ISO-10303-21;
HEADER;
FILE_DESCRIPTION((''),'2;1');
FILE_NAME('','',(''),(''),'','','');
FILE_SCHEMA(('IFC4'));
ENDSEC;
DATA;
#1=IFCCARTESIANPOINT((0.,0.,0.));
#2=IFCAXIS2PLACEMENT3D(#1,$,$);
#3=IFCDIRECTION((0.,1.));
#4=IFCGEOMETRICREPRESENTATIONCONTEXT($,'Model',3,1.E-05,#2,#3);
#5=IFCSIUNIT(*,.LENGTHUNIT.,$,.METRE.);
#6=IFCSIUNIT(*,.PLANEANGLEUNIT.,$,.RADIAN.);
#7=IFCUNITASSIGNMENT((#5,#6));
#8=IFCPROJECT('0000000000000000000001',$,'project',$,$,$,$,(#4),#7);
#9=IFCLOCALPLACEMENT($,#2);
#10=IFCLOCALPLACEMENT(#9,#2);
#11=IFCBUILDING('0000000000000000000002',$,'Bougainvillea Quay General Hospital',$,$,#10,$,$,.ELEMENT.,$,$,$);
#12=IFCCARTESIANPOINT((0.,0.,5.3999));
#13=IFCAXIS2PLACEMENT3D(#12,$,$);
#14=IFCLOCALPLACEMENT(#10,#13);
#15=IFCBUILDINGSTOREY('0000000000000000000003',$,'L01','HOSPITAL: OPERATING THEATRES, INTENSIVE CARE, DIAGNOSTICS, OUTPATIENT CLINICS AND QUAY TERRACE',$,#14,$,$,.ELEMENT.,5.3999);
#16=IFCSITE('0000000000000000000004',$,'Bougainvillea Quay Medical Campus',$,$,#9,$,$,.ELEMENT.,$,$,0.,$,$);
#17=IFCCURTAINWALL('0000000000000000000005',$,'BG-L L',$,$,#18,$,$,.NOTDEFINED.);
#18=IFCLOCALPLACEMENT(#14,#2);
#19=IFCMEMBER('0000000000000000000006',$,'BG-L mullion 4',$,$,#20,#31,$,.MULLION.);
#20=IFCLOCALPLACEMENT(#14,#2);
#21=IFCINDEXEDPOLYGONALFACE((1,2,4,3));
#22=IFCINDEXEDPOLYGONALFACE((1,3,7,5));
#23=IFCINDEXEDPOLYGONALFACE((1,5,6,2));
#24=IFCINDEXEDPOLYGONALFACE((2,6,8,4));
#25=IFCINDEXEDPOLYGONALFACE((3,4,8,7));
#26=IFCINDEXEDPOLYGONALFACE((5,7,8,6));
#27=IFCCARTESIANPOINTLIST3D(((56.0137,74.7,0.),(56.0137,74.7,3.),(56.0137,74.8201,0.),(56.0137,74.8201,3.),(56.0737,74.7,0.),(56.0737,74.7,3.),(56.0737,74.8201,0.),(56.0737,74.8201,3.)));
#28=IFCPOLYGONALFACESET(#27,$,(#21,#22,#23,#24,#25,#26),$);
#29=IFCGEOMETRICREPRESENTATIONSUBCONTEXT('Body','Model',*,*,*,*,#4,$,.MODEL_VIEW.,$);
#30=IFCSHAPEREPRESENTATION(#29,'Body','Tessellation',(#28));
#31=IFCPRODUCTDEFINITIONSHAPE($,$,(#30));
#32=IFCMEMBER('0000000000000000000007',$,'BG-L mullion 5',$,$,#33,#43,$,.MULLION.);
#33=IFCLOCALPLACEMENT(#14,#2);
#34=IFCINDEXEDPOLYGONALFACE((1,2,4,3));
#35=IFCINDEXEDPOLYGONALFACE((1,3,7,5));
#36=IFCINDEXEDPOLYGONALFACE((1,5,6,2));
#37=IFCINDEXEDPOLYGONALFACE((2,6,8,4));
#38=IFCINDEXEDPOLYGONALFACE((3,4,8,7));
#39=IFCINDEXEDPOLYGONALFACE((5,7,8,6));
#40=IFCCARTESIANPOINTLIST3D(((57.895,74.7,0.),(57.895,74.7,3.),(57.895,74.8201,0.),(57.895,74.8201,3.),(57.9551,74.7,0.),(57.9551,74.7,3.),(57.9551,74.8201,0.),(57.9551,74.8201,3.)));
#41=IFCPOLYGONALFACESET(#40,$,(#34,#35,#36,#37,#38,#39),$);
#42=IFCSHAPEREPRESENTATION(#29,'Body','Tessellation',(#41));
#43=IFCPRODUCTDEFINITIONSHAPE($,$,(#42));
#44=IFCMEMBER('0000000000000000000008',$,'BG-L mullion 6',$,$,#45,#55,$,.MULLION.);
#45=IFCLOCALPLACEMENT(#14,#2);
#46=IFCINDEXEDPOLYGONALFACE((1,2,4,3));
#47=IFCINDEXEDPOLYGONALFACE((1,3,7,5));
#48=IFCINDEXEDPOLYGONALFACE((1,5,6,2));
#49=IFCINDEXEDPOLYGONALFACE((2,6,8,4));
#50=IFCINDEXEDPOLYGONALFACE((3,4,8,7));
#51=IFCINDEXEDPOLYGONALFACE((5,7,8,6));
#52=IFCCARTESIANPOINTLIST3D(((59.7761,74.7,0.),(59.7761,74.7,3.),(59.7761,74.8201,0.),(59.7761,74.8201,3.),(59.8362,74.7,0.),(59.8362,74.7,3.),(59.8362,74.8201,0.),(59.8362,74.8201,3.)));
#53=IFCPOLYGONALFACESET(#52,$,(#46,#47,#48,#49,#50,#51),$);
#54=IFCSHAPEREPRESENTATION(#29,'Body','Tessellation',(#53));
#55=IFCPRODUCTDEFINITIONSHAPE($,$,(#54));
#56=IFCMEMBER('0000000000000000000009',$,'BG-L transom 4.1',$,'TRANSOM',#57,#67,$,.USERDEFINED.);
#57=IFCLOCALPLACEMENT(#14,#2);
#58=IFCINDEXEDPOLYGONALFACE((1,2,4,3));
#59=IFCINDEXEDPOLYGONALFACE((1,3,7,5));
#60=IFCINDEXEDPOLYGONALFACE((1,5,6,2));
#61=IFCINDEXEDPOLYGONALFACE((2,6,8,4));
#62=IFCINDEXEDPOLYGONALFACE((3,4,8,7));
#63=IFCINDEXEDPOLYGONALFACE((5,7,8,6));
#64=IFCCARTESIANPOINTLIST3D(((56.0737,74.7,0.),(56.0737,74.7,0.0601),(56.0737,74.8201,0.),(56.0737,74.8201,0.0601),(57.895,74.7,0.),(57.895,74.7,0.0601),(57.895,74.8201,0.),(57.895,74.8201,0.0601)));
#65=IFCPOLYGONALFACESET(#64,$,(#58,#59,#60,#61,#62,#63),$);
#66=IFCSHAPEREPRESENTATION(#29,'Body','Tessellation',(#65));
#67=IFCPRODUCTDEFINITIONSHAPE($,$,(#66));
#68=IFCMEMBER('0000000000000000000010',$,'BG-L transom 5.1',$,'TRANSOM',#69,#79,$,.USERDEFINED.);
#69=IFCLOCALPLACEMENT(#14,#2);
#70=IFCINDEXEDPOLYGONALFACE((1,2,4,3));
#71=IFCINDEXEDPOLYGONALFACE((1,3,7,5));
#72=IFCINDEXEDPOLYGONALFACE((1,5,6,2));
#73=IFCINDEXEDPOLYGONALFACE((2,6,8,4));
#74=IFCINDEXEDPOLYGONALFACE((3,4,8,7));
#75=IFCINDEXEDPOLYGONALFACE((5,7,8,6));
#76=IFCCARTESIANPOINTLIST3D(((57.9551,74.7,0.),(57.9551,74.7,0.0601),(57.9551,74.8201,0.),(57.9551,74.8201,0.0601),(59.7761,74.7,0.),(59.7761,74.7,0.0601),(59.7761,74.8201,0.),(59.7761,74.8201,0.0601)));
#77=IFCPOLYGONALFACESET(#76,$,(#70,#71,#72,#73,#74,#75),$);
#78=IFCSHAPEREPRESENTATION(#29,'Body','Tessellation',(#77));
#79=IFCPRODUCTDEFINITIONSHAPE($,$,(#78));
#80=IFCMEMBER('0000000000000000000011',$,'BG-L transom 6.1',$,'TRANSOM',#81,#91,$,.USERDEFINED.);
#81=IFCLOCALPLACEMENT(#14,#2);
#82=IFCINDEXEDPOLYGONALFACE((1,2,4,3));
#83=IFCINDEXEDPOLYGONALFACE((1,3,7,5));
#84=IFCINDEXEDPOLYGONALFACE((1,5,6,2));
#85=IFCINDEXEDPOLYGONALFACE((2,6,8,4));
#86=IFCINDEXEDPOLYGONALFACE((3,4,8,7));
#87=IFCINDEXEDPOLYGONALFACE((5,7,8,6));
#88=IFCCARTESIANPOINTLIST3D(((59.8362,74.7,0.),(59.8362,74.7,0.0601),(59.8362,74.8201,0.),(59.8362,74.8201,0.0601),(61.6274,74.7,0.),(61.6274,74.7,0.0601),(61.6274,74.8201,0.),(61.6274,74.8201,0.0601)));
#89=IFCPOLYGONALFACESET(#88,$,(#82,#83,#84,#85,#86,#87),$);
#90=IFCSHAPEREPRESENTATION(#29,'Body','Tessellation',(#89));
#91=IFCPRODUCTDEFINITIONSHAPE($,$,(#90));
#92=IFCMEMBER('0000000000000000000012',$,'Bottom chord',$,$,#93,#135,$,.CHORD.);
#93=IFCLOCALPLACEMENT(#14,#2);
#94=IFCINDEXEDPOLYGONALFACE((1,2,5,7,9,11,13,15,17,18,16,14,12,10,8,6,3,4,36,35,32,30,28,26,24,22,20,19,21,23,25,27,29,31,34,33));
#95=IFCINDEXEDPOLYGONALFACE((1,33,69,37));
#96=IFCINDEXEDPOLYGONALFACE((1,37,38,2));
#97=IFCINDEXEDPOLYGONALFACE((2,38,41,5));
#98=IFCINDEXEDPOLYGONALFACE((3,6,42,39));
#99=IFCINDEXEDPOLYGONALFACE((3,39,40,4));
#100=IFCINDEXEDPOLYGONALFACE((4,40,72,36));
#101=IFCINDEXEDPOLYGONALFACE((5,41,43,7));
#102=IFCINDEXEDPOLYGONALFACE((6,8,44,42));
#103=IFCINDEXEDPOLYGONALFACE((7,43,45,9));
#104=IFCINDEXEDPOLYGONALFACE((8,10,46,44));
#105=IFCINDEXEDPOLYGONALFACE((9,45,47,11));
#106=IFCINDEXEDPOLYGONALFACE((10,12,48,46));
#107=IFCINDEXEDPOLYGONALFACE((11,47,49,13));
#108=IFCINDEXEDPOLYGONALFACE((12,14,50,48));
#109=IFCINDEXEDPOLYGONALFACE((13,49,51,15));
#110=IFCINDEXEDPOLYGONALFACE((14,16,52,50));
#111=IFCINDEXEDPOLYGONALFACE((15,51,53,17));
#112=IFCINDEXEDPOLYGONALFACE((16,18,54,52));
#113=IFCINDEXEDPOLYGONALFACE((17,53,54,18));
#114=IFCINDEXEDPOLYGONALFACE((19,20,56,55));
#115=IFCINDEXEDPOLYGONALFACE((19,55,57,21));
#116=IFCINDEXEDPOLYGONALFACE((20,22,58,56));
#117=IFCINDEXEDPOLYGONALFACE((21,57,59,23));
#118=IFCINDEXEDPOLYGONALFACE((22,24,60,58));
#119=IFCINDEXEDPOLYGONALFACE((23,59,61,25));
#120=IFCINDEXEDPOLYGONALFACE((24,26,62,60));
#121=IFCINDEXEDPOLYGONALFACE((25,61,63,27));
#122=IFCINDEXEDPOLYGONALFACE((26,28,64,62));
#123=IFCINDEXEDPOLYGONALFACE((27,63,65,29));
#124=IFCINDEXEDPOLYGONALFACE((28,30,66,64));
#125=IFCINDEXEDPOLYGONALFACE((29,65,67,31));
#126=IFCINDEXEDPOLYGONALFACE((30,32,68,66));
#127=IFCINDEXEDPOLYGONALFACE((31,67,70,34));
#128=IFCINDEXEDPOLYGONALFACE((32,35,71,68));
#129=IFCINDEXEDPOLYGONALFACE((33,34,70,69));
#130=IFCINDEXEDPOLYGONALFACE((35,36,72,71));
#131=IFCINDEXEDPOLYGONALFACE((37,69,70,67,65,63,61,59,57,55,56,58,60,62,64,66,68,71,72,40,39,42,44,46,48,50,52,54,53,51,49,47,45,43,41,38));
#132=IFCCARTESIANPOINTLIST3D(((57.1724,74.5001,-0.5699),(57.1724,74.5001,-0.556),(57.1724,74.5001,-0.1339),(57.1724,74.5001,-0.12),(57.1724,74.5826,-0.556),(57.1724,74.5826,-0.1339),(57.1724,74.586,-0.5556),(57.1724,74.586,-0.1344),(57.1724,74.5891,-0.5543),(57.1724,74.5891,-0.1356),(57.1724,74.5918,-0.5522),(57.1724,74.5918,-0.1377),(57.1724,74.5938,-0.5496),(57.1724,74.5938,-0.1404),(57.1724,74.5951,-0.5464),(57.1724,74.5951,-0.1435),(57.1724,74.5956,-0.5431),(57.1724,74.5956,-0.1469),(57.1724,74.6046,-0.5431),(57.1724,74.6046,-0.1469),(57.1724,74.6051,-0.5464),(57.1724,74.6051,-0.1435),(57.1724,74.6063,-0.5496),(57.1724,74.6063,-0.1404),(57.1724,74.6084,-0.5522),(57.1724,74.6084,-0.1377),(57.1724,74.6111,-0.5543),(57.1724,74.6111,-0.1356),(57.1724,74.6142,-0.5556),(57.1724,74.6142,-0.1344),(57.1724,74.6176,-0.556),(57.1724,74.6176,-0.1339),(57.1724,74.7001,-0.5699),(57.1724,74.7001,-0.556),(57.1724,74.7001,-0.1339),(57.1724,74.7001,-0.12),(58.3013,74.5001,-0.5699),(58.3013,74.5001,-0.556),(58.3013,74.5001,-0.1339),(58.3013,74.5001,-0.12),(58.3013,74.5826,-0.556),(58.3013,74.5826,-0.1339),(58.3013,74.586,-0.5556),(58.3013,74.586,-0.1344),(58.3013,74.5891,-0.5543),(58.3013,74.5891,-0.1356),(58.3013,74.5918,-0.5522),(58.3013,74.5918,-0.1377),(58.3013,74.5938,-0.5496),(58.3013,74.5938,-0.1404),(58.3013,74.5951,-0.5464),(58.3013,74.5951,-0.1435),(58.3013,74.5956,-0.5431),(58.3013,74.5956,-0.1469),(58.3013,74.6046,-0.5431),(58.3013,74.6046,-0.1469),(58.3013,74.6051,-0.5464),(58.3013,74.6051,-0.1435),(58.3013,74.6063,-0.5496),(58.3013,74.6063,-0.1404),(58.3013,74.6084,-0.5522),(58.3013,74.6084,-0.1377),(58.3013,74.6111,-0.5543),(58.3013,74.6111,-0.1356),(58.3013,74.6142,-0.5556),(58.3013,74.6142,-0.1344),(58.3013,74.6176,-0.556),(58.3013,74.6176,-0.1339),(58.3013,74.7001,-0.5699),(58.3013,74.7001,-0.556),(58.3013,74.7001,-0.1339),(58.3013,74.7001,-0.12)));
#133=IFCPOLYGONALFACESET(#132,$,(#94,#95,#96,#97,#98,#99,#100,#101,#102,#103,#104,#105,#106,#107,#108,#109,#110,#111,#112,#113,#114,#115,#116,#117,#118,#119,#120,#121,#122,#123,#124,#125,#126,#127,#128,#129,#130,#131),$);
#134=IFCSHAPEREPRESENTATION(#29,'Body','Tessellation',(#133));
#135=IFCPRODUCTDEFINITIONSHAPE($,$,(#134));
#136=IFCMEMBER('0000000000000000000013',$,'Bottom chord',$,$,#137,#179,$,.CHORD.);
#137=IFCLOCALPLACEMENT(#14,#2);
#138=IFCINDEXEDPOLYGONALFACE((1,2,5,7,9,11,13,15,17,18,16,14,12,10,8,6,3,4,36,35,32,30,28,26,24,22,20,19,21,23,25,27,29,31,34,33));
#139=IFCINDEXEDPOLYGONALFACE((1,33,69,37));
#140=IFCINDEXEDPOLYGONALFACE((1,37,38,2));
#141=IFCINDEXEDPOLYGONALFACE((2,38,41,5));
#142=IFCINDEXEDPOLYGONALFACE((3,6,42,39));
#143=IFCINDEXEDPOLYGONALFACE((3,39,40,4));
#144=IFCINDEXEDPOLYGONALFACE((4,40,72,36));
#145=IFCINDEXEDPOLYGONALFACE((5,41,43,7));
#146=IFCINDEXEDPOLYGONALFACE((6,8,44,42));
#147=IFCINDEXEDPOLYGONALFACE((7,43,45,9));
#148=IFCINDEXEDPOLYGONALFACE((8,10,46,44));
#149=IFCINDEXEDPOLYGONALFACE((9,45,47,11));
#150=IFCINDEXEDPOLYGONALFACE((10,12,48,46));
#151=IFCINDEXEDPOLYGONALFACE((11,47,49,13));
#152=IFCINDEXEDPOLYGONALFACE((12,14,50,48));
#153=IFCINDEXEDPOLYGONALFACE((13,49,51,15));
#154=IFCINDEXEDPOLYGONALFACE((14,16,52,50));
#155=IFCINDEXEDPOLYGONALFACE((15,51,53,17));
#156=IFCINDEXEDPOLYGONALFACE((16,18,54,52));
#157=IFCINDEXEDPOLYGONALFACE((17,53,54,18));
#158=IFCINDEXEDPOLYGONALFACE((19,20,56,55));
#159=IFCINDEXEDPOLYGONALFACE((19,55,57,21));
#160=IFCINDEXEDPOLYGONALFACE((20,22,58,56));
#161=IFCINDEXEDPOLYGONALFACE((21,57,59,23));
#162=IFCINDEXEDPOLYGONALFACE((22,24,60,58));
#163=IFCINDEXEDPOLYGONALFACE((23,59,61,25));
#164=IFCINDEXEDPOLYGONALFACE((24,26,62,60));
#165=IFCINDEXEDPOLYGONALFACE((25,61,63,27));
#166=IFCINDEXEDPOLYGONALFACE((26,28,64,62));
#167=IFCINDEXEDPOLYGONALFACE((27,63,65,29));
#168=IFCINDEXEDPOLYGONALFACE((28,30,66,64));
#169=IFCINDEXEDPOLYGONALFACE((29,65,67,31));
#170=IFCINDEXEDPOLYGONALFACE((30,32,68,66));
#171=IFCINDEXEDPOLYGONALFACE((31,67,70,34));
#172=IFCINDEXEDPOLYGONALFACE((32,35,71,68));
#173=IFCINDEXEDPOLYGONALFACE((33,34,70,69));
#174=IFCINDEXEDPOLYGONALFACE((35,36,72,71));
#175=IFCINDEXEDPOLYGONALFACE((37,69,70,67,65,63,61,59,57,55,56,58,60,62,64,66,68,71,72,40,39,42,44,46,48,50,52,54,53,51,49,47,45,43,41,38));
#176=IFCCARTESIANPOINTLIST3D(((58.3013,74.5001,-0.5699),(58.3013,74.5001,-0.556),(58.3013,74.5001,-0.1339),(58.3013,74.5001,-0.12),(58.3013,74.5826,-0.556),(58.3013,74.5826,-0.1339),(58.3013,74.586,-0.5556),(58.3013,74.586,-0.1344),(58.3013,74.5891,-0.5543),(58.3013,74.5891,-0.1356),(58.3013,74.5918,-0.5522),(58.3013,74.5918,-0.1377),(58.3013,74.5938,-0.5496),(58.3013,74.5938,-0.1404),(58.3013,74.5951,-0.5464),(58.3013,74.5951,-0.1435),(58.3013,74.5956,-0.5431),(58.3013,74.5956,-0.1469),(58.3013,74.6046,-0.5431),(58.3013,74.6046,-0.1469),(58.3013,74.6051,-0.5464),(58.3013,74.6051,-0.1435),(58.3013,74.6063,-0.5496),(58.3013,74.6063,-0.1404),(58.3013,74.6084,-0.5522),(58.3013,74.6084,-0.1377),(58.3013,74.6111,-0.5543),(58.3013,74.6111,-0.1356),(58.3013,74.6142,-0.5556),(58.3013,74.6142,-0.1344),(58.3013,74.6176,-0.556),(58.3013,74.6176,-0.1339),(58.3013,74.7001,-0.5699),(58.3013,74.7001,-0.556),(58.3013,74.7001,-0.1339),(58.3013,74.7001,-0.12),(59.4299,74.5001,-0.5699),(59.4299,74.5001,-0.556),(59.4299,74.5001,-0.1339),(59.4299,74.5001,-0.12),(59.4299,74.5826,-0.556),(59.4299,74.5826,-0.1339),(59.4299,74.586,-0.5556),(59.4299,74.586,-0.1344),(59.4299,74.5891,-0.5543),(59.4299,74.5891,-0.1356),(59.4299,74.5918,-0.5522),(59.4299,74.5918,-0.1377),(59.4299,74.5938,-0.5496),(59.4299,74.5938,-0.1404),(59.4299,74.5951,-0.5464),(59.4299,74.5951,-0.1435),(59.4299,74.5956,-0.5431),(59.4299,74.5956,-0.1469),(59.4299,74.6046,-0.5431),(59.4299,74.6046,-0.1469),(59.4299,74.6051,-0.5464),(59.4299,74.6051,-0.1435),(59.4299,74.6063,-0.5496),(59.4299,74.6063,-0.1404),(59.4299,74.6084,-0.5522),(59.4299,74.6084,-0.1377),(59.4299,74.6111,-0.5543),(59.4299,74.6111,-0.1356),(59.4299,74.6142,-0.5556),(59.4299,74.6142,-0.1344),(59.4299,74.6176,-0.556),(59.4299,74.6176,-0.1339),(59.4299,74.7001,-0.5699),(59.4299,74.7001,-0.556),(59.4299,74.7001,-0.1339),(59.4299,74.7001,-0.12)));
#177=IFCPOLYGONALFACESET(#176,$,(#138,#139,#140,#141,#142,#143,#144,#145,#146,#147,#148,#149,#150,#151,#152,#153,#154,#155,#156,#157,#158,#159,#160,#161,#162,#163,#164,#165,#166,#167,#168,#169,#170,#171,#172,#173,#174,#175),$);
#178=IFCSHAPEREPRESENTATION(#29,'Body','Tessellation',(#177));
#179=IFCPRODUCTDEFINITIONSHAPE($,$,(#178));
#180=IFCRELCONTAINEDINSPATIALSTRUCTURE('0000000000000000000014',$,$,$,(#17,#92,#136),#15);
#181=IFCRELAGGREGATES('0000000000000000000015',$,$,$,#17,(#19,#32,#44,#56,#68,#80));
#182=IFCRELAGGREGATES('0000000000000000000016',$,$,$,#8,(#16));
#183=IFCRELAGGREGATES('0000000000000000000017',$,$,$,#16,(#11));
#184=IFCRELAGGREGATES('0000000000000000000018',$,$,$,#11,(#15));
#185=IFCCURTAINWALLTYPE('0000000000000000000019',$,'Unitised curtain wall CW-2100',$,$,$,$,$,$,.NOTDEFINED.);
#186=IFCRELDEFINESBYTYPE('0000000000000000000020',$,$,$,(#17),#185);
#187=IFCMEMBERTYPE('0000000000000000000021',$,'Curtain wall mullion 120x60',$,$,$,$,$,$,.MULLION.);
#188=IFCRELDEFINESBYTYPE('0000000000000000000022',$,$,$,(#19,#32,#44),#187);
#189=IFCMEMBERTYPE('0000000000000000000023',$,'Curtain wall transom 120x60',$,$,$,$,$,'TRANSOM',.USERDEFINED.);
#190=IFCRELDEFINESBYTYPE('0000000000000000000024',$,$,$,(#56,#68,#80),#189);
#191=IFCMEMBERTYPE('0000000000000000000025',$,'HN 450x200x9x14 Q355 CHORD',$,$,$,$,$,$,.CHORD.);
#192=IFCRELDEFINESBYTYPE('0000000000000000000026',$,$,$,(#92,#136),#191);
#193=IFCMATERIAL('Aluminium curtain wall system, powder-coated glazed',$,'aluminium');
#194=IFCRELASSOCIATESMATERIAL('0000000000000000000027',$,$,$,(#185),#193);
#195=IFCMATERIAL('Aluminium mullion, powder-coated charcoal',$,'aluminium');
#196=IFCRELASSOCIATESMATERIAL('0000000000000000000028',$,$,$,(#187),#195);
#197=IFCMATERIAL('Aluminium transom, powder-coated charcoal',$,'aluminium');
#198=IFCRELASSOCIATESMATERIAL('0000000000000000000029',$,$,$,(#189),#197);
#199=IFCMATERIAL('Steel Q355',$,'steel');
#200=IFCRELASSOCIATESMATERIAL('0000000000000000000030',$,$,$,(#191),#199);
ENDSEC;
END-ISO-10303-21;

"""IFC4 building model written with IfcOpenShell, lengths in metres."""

from ifc_helpers import new_model, si_unit, direction, frame, origin, origin_2d, place, context, subcontext, project, spatial, rectangle, i_section, extrude, material, material_profile, profile_set, type_object, element, aggregate, save


model = new_model("IFC4")

# Units and contexts
model_context = context("Model", 3, precision=1e-05, world=origin(), true_north=direction((0.0, 1.0)))
body_context = subcontext(model_context, "Body", "Model", "MODEL_VIEW")
ifc_project = project(units=[si_unit("LENGTHUNIT", "METRE"), si_unit("PLANEANGLEUNIT", "RADIAN")], contexts=[model_context])

# Site, building, storey
site_placement = place(None, origin())
site = spatial("IfcSite", under=ifc_project, at=site_placement, Name="Bougainvillea Quay Medical Campus", CompositionType="ELEMENT", RefElevation=0.0)
building_placement = place(site_placement, origin())
building = spatial("IfcBuilding", under=site, at=building_placement, Name="Bougainvillea Quay General Hospital", CompositionType="ELEMENT")
storey_placement = place(building_placement, frame((0.0, 0.0, 5.3999)))
storey = spatial("IfcBuildingStorey", under=building, at=storey_placement, Name="L01", Description="HOSPITAL: OPERATING THEATRES, INTENSIVE CARE, DIAGNOSTICS, OUTPATIENT CLINICS AND QUAY TERRACE", CompositionType="ELEMENT", Elevation=5.3999)

# Curtain wall, members
ifc_material_1 = material(Name="Aluminium curtain wall system, powder-coated glazed", Category="aluminium")
curtain_wall_type = type_object("IfcCurtainWallType", Name="Unitised curtain wall CW-2100", PredefinedType="NOTDEFINED", material=ifc_material_1)
curtain_wall_placement = place(storey_placement, origin())
curtain_wall = element("IfcCurtainWall", 1, at=curtain_wall_placement, inside=storey, type_object=curtain_wall_type, Name="BG-L L", PredefinedType="NOTDEFINED")
ifc_material_2 = material(Name="Aluminium mullion, powder-coated charcoal", Category="aluminium")
ifc_material_profile_1 = material_profile(ifc_material_2, rectangle(XDim=0.1201, YDim=0.0601, at=origin_2d()))
ifc_profile_set_1 = profile_set([ifc_material_profile_1], Name="Aluminium mullion, powder-coated charcoal")
member_type_1 = type_object("IfcMemberType", Name="Curtain wall mullion 120x60", PredefinedType="MULLION", material=ifc_profile_set_1)
member_1_placement = place(storey_placement, frame((56.0437, 74.76, 0.0), z_axis=(0.0, 0.0, 1.0), x_axis=(0.0, 1.0, 0.0)))
member_1 = element("IfcMember", 2, at=member_1_placement, type_object=member_type_1, Name="BG-L mullion 4", PredefinedType="MULLION", context=body_context, shape_type="SweptSolid", body=[
    extrude(rectangle(XDim=0.1201, YDim=0.0601, at=origin_2d()), origin(), (0.0, 0.0, 1.0), 3.0),
])
member_2_placement = place(storey_placement, frame((57.925, 74.76, 0.0), z_axis=(0.0, 0.0, 1.0), x_axis=(0.0, 1.0, 0.0)))
member_2 = element("IfcMember", 3, at=member_2_placement, type_object=member_type_1, Name="BG-L mullion 5", PredefinedType="MULLION", context=body_context, shape_type="SweptSolid", body=[
    extrude(rectangle(XDim=0.1201, YDim=0.0601, at=origin_2d()), origin(), (0.0, 0.0, 1.0), 3.0),
])
member_3_placement = place(storey_placement, frame((59.8062, 74.76, 0.0), z_axis=(0.0, 0.0, 1.0), x_axis=(0.0, 1.0, 0.0)))
member_3 = element("IfcMember", 4, at=member_3_placement, type_object=member_type_1, Name="BG-L mullion 6", PredefinedType="MULLION", context=body_context, shape_type="SweptSolid", body=[
    extrude(rectangle(XDim=0.1201, YDim=0.0601, at=origin_2d()), origin(), (0.0, 0.0, 1.0), 3.0),
])
ifc_material_3 = material(Name="Aluminium transom, powder-coated charcoal", Category="aluminium")
ifc_material_profile_2 = material_profile(ifc_material_3, rectangle(XDim=0.1201, YDim=0.0601, at=origin_2d()))
ifc_profile_set_2 = profile_set([ifc_material_profile_2], Name="Aluminium transom, powder-coated charcoal")
member_type_2 = type_object("IfcMemberType", Name="Curtain wall transom 120x60", ElementType="TRANSOM", PredefinedType="USERDEFINED", material=ifc_profile_set_2)
member_4_placement = place(storey_placement, frame((56.0737, 74.76, 0.03), z_axis=(1.0, 0.0, 0.0), x_axis=(0.0, 1.0, 0.0)))
member_4 = element("IfcMember", 5, at=member_4_placement, type_object=member_type_2, Name="BG-L transom 4.1", ObjectType="TRANSOM", PredefinedType="USERDEFINED", context=body_context, shape_type="SweptSolid", body=[
    extrude(rectangle(XDim=0.1201, YDim=0.0601, at=origin_2d()), origin(), (0.0, 0.0, 1.0), 1.8213),
])
member_5_placement = place(storey_placement, frame((57.9551, 74.76, 0.03), z_axis=(1.0, 0.0, 0.0), x_axis=(0.0, 1.0, 0.0)))
member_5 = element("IfcMember", 6, at=member_5_placement, type_object=member_type_2, Name="BG-L transom 5.1", ObjectType="TRANSOM", PredefinedType="USERDEFINED", context=body_context, shape_type="SweptSolid", body=[
    extrude(rectangle(XDim=0.1201, YDim=0.0601, at=origin_2d()), origin(), (0.0, 0.0, 1.0), 1.821),
])
member_6_placement = place(storey_placement, frame((59.8362, 74.76, 0.03), z_axis=(1.0, 0.0, 0.0), x_axis=(0.0, 1.0, 0.0)))
member_6 = element("IfcMember", 7, at=member_6_placement, type_object=member_type_2, Name="BG-L transom 6.1", ObjectType="TRANSOM", PredefinedType="USERDEFINED", context=body_context, shape_type="SweptSolid", body=[
    extrude(rectangle(XDim=0.1201, YDim=0.0601, at=origin_2d()), origin(), (0.0, 0.0, 1.0), 1.7913),
])
aggregate(curtain_wall, [member_1, member_2, member_3, member_4, member_5, member_6])

# Members
ifc_material_4 = material(Name="Steel Q355", Category="steel")
ifc_material_profile_3 = material_profile(ifc_material_4, i_section(OverallWidth=0.2, OverallDepth=0.45, WebThickness=0.009, FlangeThickness=0.0139, FilletRadius=0.0129, at=origin_2d()))
ifc_profile_set_3 = profile_set([ifc_material_profile_3], Name="Steel Q355")
member_type_3 = type_object("IfcMemberType", Name="HN 450x200x9x14 Q355 CHORD", PredefinedType="CHORD", material=ifc_profile_set_3)
member_7_placement = place(storey_placement, frame((57.1724, 74.6001, -0.345), z_axis=(1.0, 0.0, 0.0), x_axis=(0.0, 1.0, 0.0)))
element("IfcMember", 8, at=member_7_placement, inside=storey, type_object=member_type_3, Name="Bottom chord", PredefinedType="CHORD", context=body_context, shape_type="SweptSolid", body=[
    extrude(i_section(OverallWidth=0.2, OverallDepth=0.45, WebThickness=0.009, FlangeThickness=0.0139, FilletRadius=0.0129, at=origin_2d()), origin(), (0.0, 0.0, 1.0), 1.1289),
])
for number, where, z_axis, x_axis, name in (
    (9, (58.3013, 74.6001, -0.345), (1.0, 0.0, 0.0), (0.0, 1.0, 0.0), "Bottom chord"),
):
    element("IfcMember", number, at=place(storey_placement, frame(where, z_axis=z_axis, x_axis=x_axis)), inside=storey, type_object=member_type_3, Name=name, PredefinedType="CHORD", context=body_context, shape_type="SweptSolid", body=[
        extrude(i_section(OverallWidth=0.2, OverallDepth=0.45, WebThickness=0.009, FlangeThickness=0.0139, FilletRadius=0.0129, at=origin_2d()), origin(), (0.0, 0.0, 1.0), 1.1287),
    ])

save(model, "model.ifc")
